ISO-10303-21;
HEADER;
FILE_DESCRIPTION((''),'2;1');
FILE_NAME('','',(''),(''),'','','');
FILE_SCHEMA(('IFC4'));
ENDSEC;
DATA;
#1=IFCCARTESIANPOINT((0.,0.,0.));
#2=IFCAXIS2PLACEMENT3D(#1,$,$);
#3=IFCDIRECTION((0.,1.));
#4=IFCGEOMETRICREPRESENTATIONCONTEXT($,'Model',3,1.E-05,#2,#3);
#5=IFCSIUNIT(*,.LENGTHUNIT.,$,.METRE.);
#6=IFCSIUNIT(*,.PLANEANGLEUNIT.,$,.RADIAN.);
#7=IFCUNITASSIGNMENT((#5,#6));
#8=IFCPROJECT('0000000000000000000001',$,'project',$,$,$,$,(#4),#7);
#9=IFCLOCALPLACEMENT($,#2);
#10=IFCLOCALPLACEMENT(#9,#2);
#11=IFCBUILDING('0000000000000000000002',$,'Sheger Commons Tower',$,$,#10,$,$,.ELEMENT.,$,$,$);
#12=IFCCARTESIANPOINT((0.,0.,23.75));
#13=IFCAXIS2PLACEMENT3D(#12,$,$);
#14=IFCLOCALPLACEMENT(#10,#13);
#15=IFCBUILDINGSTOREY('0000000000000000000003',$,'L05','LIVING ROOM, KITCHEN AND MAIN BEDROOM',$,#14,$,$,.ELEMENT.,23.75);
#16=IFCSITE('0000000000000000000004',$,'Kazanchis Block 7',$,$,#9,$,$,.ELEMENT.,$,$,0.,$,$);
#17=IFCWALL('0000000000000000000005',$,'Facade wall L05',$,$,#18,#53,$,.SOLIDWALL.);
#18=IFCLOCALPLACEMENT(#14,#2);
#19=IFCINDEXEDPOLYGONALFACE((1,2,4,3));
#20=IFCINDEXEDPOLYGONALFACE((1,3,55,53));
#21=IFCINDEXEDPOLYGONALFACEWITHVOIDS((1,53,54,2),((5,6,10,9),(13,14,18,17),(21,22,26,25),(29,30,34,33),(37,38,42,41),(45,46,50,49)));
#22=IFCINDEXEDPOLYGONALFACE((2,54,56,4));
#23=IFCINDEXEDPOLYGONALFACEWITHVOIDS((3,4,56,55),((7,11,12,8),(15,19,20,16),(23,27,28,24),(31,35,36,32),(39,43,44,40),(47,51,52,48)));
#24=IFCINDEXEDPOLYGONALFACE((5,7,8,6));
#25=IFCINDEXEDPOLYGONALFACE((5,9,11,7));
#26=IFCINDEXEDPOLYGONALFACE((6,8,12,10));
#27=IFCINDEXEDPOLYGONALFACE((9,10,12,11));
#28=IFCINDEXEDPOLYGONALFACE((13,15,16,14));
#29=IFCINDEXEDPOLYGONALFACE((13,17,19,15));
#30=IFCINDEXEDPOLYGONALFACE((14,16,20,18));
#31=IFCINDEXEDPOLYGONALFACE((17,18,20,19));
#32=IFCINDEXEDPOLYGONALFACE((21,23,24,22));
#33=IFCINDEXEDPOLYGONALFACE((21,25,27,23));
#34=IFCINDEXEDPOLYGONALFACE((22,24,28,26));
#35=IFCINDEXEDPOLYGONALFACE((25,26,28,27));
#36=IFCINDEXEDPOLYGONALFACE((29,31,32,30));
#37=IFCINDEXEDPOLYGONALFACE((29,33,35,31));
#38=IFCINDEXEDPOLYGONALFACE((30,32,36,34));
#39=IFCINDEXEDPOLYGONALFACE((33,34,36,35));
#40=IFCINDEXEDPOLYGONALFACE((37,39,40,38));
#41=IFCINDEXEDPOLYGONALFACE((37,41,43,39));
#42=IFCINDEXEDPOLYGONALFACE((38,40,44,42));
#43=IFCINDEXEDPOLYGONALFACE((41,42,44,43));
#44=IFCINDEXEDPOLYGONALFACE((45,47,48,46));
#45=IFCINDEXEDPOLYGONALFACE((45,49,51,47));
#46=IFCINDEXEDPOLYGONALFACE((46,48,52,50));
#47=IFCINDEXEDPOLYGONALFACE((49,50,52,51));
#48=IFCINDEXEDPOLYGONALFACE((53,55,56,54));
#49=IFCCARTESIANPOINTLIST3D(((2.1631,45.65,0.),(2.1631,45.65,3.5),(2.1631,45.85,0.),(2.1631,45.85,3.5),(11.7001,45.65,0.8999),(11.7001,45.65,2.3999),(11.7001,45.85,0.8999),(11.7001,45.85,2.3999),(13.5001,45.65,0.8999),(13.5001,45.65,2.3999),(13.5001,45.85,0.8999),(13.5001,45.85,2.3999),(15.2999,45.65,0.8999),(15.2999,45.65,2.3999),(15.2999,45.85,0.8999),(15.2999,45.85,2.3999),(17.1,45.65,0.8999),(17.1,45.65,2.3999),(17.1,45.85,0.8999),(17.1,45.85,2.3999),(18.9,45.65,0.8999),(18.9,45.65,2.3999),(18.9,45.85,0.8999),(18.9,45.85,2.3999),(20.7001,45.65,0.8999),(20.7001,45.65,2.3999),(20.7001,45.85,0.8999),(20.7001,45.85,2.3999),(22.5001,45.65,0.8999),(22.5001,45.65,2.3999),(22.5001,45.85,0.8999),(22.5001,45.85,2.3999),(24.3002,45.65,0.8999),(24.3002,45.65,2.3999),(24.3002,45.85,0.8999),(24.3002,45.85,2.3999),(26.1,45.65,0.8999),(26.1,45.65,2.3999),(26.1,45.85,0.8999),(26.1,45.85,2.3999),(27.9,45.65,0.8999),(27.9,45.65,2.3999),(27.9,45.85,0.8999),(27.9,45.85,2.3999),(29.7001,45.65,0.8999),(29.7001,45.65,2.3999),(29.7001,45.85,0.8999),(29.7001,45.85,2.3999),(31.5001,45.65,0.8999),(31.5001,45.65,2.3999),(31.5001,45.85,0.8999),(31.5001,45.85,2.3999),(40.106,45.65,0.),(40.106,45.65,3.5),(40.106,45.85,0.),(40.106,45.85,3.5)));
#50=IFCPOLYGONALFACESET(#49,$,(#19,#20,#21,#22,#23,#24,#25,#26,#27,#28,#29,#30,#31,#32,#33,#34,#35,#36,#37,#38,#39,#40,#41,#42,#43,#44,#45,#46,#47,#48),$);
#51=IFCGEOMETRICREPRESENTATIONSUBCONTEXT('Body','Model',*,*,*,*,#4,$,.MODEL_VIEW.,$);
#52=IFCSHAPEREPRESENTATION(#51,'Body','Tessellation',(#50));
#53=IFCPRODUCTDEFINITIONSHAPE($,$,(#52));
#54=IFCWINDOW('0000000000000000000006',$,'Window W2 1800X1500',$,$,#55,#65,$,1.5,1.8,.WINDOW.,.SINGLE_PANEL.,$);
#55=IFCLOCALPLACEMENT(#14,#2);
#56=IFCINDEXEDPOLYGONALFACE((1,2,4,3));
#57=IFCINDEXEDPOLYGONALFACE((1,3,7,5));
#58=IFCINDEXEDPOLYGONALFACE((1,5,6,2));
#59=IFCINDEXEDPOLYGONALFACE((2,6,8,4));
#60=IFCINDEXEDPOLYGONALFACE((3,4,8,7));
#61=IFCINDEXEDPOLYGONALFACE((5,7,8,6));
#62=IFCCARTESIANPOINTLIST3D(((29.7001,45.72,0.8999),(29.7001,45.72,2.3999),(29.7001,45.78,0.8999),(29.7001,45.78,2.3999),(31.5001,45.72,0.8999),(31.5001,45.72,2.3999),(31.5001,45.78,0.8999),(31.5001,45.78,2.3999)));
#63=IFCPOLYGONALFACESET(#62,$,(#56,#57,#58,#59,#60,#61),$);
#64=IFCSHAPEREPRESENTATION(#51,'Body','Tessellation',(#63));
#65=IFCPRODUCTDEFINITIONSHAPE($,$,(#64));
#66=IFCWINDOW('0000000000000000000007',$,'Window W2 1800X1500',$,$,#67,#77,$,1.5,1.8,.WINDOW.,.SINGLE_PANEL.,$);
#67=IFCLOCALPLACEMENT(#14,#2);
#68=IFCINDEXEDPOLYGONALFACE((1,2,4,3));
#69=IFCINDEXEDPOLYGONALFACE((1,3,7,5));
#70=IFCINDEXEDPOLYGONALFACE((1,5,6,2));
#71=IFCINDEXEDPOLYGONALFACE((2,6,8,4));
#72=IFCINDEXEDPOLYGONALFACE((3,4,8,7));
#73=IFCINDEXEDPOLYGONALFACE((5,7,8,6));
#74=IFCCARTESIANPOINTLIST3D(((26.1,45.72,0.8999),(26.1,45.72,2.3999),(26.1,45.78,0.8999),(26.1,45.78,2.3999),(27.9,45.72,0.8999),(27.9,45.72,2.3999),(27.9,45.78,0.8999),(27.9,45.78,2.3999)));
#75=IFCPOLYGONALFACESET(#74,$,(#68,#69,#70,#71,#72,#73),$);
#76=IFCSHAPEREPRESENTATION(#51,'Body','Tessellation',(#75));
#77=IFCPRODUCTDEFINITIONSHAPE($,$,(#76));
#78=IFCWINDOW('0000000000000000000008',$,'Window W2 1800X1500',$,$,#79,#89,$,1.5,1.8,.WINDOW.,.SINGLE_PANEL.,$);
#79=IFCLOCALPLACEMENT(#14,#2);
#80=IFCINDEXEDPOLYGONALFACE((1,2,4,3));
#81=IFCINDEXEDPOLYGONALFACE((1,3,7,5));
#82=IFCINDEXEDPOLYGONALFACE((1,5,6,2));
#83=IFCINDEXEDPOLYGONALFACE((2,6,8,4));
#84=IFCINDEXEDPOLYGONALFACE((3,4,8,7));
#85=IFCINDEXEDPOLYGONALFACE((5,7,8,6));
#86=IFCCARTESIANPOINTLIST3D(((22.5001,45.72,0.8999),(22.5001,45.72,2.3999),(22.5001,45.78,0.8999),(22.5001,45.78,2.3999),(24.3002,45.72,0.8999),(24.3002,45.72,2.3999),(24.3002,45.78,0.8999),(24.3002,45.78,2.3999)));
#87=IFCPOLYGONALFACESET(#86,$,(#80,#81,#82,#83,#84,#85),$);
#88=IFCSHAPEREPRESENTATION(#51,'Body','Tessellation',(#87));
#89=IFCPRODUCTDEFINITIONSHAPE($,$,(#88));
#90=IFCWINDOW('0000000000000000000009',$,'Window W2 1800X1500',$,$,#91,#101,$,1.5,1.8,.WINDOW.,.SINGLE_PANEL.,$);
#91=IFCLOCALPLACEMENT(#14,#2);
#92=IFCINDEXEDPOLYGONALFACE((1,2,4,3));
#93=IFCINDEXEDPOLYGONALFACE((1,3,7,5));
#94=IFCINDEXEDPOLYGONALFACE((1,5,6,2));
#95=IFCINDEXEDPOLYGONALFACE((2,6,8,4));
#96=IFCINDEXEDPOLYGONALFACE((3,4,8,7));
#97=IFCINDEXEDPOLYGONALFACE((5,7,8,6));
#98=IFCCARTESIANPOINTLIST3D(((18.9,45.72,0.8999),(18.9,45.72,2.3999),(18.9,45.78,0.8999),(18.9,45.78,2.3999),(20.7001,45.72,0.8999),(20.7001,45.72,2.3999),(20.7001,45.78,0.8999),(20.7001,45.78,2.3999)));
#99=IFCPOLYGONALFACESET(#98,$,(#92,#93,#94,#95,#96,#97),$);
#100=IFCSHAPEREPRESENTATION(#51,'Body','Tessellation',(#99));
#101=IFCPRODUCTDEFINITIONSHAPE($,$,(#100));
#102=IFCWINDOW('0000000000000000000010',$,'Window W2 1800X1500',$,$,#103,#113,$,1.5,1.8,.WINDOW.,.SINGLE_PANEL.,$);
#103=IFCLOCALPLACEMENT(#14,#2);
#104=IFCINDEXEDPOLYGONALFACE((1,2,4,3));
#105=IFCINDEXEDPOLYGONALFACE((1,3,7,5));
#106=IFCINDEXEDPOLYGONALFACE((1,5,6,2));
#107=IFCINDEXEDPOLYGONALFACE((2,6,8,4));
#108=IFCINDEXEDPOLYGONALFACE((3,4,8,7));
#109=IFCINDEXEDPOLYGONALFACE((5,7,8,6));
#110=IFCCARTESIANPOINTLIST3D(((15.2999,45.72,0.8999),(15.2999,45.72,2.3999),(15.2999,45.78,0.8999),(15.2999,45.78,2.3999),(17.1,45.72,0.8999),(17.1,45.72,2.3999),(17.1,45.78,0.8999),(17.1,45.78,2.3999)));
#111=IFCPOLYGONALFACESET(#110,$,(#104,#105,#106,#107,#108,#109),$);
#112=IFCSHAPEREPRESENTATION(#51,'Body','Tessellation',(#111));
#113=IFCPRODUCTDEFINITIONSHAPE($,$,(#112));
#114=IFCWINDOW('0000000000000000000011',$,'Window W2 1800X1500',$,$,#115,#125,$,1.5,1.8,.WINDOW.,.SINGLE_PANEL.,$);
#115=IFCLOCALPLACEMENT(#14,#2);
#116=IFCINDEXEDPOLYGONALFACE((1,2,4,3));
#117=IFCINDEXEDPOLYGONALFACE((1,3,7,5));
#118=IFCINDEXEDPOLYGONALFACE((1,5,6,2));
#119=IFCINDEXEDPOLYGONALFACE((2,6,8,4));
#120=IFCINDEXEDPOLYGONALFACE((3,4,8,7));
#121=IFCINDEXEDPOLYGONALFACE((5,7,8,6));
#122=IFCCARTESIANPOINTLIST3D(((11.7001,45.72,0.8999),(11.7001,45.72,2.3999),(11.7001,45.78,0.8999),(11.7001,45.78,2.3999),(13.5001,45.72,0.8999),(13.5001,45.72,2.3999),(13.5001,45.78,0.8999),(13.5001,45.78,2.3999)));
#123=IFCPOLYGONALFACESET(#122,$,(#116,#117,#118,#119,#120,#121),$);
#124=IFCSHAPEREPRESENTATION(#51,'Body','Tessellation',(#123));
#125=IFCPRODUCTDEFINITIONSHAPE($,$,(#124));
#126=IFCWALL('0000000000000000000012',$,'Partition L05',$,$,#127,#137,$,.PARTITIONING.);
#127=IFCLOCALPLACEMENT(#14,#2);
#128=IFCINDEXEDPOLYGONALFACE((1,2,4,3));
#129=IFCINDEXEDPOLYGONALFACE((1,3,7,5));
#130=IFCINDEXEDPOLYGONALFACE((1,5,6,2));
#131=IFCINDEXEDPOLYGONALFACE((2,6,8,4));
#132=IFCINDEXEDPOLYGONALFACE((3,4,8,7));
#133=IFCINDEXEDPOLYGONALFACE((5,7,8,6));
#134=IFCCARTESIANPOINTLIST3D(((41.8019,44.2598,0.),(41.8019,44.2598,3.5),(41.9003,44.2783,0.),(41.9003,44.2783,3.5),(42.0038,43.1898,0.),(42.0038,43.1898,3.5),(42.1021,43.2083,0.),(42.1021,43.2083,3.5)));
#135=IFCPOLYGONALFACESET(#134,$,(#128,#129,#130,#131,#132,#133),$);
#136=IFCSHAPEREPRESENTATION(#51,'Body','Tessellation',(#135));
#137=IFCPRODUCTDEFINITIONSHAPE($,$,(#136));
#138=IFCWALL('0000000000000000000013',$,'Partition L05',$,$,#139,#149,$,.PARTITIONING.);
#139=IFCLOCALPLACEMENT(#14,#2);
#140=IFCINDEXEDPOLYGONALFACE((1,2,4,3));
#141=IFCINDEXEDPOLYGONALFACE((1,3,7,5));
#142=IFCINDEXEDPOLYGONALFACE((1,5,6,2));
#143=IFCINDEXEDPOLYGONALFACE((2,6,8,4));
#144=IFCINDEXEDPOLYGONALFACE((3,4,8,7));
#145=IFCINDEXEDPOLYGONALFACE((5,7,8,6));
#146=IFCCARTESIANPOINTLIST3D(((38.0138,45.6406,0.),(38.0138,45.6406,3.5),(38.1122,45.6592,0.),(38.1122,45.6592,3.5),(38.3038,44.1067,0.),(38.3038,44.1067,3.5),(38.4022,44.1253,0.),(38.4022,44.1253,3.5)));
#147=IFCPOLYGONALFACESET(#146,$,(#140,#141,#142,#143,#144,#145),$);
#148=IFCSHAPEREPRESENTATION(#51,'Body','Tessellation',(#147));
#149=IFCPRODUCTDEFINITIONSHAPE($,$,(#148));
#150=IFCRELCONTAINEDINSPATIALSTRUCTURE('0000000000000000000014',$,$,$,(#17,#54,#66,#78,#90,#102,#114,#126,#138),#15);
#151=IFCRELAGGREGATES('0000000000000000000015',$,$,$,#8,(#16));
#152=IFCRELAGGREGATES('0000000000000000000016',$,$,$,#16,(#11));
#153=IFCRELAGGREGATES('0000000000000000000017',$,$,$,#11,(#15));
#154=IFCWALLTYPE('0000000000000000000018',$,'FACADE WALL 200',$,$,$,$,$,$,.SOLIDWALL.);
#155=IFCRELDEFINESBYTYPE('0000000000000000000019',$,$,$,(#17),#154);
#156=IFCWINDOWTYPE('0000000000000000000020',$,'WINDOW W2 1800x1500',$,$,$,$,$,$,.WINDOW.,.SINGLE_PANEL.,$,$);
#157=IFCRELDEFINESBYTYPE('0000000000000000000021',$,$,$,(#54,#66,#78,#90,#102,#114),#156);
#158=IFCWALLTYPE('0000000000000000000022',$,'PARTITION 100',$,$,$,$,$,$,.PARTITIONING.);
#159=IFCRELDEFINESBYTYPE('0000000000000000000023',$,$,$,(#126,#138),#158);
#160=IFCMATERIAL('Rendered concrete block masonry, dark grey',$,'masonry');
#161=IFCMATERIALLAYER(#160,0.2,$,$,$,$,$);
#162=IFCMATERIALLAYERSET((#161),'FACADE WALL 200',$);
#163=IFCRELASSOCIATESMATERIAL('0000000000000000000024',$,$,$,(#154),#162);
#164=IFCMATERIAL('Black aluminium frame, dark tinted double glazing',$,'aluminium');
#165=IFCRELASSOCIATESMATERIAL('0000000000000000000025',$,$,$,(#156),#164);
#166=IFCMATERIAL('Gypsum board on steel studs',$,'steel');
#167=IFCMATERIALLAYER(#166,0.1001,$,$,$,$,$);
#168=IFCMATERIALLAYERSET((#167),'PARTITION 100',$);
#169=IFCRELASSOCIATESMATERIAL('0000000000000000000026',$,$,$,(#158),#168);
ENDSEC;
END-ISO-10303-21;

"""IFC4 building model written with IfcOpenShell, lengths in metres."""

from ifc_helpers import new_model, si_unit, direction, frame, frame_2d, origin, place, context, subcontext, project, spatial, rectangle, extrude, material, layer, layer_set, type_object, element, fill, save


model = new_model("IFC4")

# Units and contexts
model_context = context("Model", 3, precision=1e-05, world=origin(), true_north=direction((0.0, 1.0)))
body_context = subcontext(model_context, "Body", "Model", "MODEL_VIEW")
ifc_project = project(units=[si_unit("LENGTHUNIT", "METRE"), si_unit("PLANEANGLEUNIT", "RADIAN")], contexts=[model_context])

# Site, building, storey
site_placement = place(None, origin())
site = spatial("IfcSite", under=ifc_project, at=site_placement, Name="Kazanchis Block 7", CompositionType="ELEMENT", RefElevation=0.0)
building_placement = place(site_placement, origin())
building = spatial("IfcBuilding", under=site, at=building_placement, Name="Sheger Commons Tower", CompositionType="ELEMENT")
storey_placement = place(building_placement, frame((0.0, 0.0, 23.75)))
storey = spatial("IfcBuildingStorey", under=building, at=storey_placement, Name="L05", Description="LIVING ROOM, KITCHEN AND MAIN BEDROOM", CompositionType="ELEMENT", Elevation=23.75)

# Shared definitions
ifc_material_1 = material(Name="Rendered concrete block masonry, dark grey", Category="masonry")
ifc_layer_1 = layer(ifc_material_1, 0.2)
ifc_layer_set_1 = layer_set([ifc_layer_1], Name="FACADE WALL 200")
wall_type_1 = type_object("IfcWallType", Name="FACADE WALL 200", PredefinedType="SOLIDWALL", material=ifc_layer_set_1)

# Wall, openings, windows
wall_1_placement = place(storey_placement, frame((40.106, 45.75, 0.0), z_axis=(0.0, 0.0, 1.0), x_axis=(-1.0, 0.0, 0.0)))
wall_1 = element("IfcWall", 1, at=wall_1_placement, inside=storey, type_object=wall_type_1, Name="Facade wall L05", PredefinedType="SOLIDWALL", context=body_context, shape_type="SweptSolid", body=[
    extrude(rectangle(XDim=37.9429, YDim=0.2, at=frame_2d((18.9714, 0.0))), origin(), (0.0, 0.0, 1.0), 3.5),
])
opening_1_placement = place(wall_1_placement, frame((8.606, 0.0, 0.8999)))
opening_1 = element("IfcOpeningElement", 2, at=opening_1_placement, cuts=wall_1, PredefinedType="OPENING", context=body_context, shape_type="SweptSolid", body=[
    extrude(rectangle(XDim=1.8, YDim=1.5, at=frame_2d((0.8999, 0.75))), frame((0.0, 0.1099, 0.0), z_axis=(0.0, -1.0, 0.0), x_axis=(1.0, 0.0, 0.0)), (0.0, 0.0, 1.0), 0.22),
])
opening_2_placement = place(wall_1_placement, frame((12.2061, 0.0, 0.8999)))
opening_2 = element("IfcOpeningElement", 3, at=opening_2_placement, cuts=wall_1, PredefinedType="OPENING", context=body_context, shape_type="SweptSolid", body=[
    extrude(rectangle(XDim=1.8, YDim=1.5, at=frame_2d((0.8999, 0.75))), frame((0.0, 0.1099, 0.0), z_axis=(0.0, -1.0, 0.0), x_axis=(1.0, 0.0, 0.0)), (0.0, 0.0, 1.0), 0.22),
])
opening_3_placement = place(wall_1_placement, frame((15.8059, 0.0, 0.8999)))
opening_3 = element("IfcOpeningElement", 4, at=opening_3_placement, cuts=wall_1, PredefinedType="OPENING", context=body_context, shape_type="SweptSolid", body=[
    extrude(rectangle(XDim=1.8, YDim=1.5, at=frame_2d((0.8999, 0.75))), frame((0.0, 0.1099, 0.0), z_axis=(0.0, -1.0, 0.0), x_axis=(1.0, 0.0, 0.0)), (0.0, 0.0, 1.0), 0.22),
])
opening_4_placement = place(wall_1_placement, frame((19.406, 0.0, 0.8999)))
opening_4 = element("IfcOpeningElement", 5, at=opening_4_placement, cuts=wall_1, PredefinedType="OPENING", context=body_context, shape_type="SweptSolid", body=[
    extrude(rectangle(XDim=1.8, YDim=1.5, at=frame_2d((0.8999, 0.75))), frame((0.0, 0.1099, 0.0), z_axis=(0.0, -1.0, 0.0), x_axis=(1.0, 0.0, 0.0)), (0.0, 0.0, 1.0), 0.22),
])
opening_5_placement = place(wall_1_placement, frame((23.0061, 0.0, 0.8999)))
opening_5 = element("IfcOpeningElement", 6, at=opening_5_placement, cuts=wall_1, PredefinedType="OPENING", context=body_context, shape_type="SweptSolid", body=[
    extrude(rectangle(XDim=1.8, YDim=1.5, at=frame_2d((0.8999, 0.75))), frame((0.0, 0.1099, 0.0), z_axis=(0.0, -1.0, 0.0), x_axis=(1.0, 0.0, 0.0)), (0.0, 0.0, 1.0), 0.22),
])
opening_6_placement = place(wall_1_placement, frame((26.606, 0.0, 0.8999)))
opening_6 = element("IfcOpeningElement", 7, at=opening_6_placement, cuts=wall_1, PredefinedType="OPENING", context=body_context, shape_type="SweptSolid", body=[
    extrude(rectangle(XDim=1.8, YDim=1.5, at=frame_2d((0.8999, 0.75))), frame((0.0, 0.1099, 0.0), z_axis=(0.0, -1.0, 0.0), x_axis=(1.0, 0.0, 0.0)), (0.0, 0.0, 1.0), 0.22),
])
ifc_material_2 = material(Name="Black aluminium frame, dark tinted double glazing", Category="aluminium")
window_type = type_object("IfcWindowType", Name="WINDOW W2 1800x1500", PartitioningType="SINGLE_PANEL", PredefinedType="WINDOW", material=ifc_material_2)
window_1_placement = place(opening_1_placement, origin())
window_1 = element("IfcWindow", 8, at=window_1_placement, inside=storey, type_object=window_type, Name="Window W2 1800X1500", OverallHeight=1.5, OverallWidth=1.8, PartitioningType="SINGLE_PANEL", PredefinedType="WINDOW", context=body_context, shape_type="SweptSolid", body=[
    extrude(rectangle(XDim=1.8, YDim=1.5, at=frame_2d((0.8999, 0.75))), frame((0.0, 0.03, 0.0), z_axis=(0.0, -1.0, 0.0), x_axis=(1.0, 0.0, 0.0)), (0.0, 0.0, 1.0), 0.0601),
])
fill(opening_1, window_1)
window_2_placement = place(opening_2_placement, origin())
window_2 = element("IfcWindow", 9, at=window_2_placement, inside=storey, type_object=window_type, Name="Window W2 1800X1500", OverallHeight=1.5, OverallWidth=1.8, PartitioningType="SINGLE_PANEL", PredefinedType="WINDOW", context=body_context, shape_type="SweptSolid", body=[
    extrude(rectangle(XDim=1.8, YDim=1.5, at=frame_2d((0.8999, 0.75))), frame((0.0, 0.03, 0.0), z_axis=(0.0, -1.0, 0.0), x_axis=(1.0, 0.0, 0.0)), (0.0, 0.0, 1.0), 0.0601),
])
fill(opening_2, window_2)
window_3_placement = place(opening_3_placement, origin())
window_3 = element("IfcWindow", 10, at=window_3_placement, inside=storey, type_object=window_type, Name="Window W2 1800X1500", OverallHeight=1.5, OverallWidth=1.8, PartitioningType="SINGLE_PANEL", PredefinedType="WINDOW", context=body_context, shape_type="SweptSolid", body=[
    extrude(rectangle(XDim=1.8, YDim=1.5, at=frame_2d((0.8999, 0.75))), frame((0.0, 0.03, 0.0), z_axis=(0.0, -1.0, 0.0), x_axis=(1.0, 0.0, 0.0)), (0.0, 0.0, 1.0), 0.0601),
])
fill(opening_3, window_3)
window_4_placement = place(opening_4_placement, origin())
window_4 = element("IfcWindow", 11, at=window_4_placement, inside=storey, type_object=window_type, Name="Window W2 1800X1500", OverallHeight=1.5, OverallWidth=1.8, PartitioningType="SINGLE_PANEL", PredefinedType="WINDOW", context=body_context, shape_type="SweptSolid", body=[
    extrude(rectangle(XDim=1.8, YDim=1.5, at=frame_2d((0.8999, 0.75))), frame((0.0, 0.03, 0.0), z_axis=(0.0, -1.0, 0.0), x_axis=(1.0, 0.0, 0.0)), (0.0, 0.0, 1.0), 0.0601),
])
fill(opening_4, window_4)
window_5_placement = place(opening_5_placement, origin())
window_5 = element("IfcWindow", 12, at=window_5_placement, inside=storey, type_object=window_type, Name="Window W2 1800X1500", OverallHeight=1.5, OverallWidth=1.8, PartitioningType="SINGLE_PANEL", PredefinedType="WINDOW", context=body_context, shape_type="SweptSolid", body=[
    extrude(rectangle(XDim=1.8, YDim=1.5, at=frame_2d((0.8999, 0.75))), frame((0.0, 0.03, 0.0), z_axis=(0.0, -1.0, 0.0), x_axis=(1.0, 0.0, 0.0)), (0.0, 0.0, 1.0), 0.0601),
])
fill(opening_5, window_5)
window_6_placement = place(opening_6_placement, origin())
window_6 = element("IfcWindow", 13, at=window_6_placement, inside=storey, type_object=window_type, Name="Window W2 1800X1500", OverallHeight=1.5, OverallWidth=1.8, PartitioningType="SINGLE_PANEL", PredefinedType="WINDOW", context=body_context, shape_type="SweptSolid", body=[
    extrude(rectangle(XDim=1.8, YDim=1.5, at=frame_2d((0.8999, 0.75))), frame((0.0, 0.03, 0.0), z_axis=(0.0, -1.0, 0.0), x_axis=(1.0, 0.0, 0.0)), (0.0, 0.0, 1.0), 0.0601),
])
fill(opening_6, window_6)

# Walls
ifc_material_3 = material(Name="Gypsum board on steel studs", Category="steel")
ifc_layer_2 = layer(ifc_material_3, 0.1001)
ifc_layer_set_2 = layer_set([ifc_layer_2], Name="PARTITION 100")
wall_type_2 = type_object("IfcWallType", Name="PARTITION 100", PredefinedType="PARTITIONING", material=ifc_layer_set_2)
wall_2_placement = place(storey_placement, frame((41.8511, 44.269, 0.0), z_axis=(0.0, 0.0, 1.0), x_axis=(0.185412, -0.982661, 0.0)))
element("IfcWall", 14, at=wall_2_placement, inside=storey, type_object=wall_type_2, Name="Partition L05", PredefinedType="PARTITIONING", context=body_context, shape_type="SweptSolid", body=[
    extrude(rectangle(XDim=1.0889, YDim=0.1001, at=frame_2d((0.5444, 0.0))), origin(), (0.0, 0.0, 1.0), 3.5),
])
wall_3_placement = place(storey_placement, frame((38.063, 45.6499, 0.0), z_axis=(0.0, 0.0, 1.0), x_axis=(0.18579, -0.98259, 0.0)))
element("IfcWall", 15, at=wall_3_placement, inside=storey, type_object=wall_type_2, Name="Partition L05", PredefinedType="PARTITIONING", context=body_context, shape_type="SweptSolid", body=[
    extrude(rectangle(XDim=1.561, YDim=0.1001, at=frame_2d((0.7805, 0.0))), origin(), (0.0, 0.0, 1.0), 3.5),
])

save(model, "model.ifc")
